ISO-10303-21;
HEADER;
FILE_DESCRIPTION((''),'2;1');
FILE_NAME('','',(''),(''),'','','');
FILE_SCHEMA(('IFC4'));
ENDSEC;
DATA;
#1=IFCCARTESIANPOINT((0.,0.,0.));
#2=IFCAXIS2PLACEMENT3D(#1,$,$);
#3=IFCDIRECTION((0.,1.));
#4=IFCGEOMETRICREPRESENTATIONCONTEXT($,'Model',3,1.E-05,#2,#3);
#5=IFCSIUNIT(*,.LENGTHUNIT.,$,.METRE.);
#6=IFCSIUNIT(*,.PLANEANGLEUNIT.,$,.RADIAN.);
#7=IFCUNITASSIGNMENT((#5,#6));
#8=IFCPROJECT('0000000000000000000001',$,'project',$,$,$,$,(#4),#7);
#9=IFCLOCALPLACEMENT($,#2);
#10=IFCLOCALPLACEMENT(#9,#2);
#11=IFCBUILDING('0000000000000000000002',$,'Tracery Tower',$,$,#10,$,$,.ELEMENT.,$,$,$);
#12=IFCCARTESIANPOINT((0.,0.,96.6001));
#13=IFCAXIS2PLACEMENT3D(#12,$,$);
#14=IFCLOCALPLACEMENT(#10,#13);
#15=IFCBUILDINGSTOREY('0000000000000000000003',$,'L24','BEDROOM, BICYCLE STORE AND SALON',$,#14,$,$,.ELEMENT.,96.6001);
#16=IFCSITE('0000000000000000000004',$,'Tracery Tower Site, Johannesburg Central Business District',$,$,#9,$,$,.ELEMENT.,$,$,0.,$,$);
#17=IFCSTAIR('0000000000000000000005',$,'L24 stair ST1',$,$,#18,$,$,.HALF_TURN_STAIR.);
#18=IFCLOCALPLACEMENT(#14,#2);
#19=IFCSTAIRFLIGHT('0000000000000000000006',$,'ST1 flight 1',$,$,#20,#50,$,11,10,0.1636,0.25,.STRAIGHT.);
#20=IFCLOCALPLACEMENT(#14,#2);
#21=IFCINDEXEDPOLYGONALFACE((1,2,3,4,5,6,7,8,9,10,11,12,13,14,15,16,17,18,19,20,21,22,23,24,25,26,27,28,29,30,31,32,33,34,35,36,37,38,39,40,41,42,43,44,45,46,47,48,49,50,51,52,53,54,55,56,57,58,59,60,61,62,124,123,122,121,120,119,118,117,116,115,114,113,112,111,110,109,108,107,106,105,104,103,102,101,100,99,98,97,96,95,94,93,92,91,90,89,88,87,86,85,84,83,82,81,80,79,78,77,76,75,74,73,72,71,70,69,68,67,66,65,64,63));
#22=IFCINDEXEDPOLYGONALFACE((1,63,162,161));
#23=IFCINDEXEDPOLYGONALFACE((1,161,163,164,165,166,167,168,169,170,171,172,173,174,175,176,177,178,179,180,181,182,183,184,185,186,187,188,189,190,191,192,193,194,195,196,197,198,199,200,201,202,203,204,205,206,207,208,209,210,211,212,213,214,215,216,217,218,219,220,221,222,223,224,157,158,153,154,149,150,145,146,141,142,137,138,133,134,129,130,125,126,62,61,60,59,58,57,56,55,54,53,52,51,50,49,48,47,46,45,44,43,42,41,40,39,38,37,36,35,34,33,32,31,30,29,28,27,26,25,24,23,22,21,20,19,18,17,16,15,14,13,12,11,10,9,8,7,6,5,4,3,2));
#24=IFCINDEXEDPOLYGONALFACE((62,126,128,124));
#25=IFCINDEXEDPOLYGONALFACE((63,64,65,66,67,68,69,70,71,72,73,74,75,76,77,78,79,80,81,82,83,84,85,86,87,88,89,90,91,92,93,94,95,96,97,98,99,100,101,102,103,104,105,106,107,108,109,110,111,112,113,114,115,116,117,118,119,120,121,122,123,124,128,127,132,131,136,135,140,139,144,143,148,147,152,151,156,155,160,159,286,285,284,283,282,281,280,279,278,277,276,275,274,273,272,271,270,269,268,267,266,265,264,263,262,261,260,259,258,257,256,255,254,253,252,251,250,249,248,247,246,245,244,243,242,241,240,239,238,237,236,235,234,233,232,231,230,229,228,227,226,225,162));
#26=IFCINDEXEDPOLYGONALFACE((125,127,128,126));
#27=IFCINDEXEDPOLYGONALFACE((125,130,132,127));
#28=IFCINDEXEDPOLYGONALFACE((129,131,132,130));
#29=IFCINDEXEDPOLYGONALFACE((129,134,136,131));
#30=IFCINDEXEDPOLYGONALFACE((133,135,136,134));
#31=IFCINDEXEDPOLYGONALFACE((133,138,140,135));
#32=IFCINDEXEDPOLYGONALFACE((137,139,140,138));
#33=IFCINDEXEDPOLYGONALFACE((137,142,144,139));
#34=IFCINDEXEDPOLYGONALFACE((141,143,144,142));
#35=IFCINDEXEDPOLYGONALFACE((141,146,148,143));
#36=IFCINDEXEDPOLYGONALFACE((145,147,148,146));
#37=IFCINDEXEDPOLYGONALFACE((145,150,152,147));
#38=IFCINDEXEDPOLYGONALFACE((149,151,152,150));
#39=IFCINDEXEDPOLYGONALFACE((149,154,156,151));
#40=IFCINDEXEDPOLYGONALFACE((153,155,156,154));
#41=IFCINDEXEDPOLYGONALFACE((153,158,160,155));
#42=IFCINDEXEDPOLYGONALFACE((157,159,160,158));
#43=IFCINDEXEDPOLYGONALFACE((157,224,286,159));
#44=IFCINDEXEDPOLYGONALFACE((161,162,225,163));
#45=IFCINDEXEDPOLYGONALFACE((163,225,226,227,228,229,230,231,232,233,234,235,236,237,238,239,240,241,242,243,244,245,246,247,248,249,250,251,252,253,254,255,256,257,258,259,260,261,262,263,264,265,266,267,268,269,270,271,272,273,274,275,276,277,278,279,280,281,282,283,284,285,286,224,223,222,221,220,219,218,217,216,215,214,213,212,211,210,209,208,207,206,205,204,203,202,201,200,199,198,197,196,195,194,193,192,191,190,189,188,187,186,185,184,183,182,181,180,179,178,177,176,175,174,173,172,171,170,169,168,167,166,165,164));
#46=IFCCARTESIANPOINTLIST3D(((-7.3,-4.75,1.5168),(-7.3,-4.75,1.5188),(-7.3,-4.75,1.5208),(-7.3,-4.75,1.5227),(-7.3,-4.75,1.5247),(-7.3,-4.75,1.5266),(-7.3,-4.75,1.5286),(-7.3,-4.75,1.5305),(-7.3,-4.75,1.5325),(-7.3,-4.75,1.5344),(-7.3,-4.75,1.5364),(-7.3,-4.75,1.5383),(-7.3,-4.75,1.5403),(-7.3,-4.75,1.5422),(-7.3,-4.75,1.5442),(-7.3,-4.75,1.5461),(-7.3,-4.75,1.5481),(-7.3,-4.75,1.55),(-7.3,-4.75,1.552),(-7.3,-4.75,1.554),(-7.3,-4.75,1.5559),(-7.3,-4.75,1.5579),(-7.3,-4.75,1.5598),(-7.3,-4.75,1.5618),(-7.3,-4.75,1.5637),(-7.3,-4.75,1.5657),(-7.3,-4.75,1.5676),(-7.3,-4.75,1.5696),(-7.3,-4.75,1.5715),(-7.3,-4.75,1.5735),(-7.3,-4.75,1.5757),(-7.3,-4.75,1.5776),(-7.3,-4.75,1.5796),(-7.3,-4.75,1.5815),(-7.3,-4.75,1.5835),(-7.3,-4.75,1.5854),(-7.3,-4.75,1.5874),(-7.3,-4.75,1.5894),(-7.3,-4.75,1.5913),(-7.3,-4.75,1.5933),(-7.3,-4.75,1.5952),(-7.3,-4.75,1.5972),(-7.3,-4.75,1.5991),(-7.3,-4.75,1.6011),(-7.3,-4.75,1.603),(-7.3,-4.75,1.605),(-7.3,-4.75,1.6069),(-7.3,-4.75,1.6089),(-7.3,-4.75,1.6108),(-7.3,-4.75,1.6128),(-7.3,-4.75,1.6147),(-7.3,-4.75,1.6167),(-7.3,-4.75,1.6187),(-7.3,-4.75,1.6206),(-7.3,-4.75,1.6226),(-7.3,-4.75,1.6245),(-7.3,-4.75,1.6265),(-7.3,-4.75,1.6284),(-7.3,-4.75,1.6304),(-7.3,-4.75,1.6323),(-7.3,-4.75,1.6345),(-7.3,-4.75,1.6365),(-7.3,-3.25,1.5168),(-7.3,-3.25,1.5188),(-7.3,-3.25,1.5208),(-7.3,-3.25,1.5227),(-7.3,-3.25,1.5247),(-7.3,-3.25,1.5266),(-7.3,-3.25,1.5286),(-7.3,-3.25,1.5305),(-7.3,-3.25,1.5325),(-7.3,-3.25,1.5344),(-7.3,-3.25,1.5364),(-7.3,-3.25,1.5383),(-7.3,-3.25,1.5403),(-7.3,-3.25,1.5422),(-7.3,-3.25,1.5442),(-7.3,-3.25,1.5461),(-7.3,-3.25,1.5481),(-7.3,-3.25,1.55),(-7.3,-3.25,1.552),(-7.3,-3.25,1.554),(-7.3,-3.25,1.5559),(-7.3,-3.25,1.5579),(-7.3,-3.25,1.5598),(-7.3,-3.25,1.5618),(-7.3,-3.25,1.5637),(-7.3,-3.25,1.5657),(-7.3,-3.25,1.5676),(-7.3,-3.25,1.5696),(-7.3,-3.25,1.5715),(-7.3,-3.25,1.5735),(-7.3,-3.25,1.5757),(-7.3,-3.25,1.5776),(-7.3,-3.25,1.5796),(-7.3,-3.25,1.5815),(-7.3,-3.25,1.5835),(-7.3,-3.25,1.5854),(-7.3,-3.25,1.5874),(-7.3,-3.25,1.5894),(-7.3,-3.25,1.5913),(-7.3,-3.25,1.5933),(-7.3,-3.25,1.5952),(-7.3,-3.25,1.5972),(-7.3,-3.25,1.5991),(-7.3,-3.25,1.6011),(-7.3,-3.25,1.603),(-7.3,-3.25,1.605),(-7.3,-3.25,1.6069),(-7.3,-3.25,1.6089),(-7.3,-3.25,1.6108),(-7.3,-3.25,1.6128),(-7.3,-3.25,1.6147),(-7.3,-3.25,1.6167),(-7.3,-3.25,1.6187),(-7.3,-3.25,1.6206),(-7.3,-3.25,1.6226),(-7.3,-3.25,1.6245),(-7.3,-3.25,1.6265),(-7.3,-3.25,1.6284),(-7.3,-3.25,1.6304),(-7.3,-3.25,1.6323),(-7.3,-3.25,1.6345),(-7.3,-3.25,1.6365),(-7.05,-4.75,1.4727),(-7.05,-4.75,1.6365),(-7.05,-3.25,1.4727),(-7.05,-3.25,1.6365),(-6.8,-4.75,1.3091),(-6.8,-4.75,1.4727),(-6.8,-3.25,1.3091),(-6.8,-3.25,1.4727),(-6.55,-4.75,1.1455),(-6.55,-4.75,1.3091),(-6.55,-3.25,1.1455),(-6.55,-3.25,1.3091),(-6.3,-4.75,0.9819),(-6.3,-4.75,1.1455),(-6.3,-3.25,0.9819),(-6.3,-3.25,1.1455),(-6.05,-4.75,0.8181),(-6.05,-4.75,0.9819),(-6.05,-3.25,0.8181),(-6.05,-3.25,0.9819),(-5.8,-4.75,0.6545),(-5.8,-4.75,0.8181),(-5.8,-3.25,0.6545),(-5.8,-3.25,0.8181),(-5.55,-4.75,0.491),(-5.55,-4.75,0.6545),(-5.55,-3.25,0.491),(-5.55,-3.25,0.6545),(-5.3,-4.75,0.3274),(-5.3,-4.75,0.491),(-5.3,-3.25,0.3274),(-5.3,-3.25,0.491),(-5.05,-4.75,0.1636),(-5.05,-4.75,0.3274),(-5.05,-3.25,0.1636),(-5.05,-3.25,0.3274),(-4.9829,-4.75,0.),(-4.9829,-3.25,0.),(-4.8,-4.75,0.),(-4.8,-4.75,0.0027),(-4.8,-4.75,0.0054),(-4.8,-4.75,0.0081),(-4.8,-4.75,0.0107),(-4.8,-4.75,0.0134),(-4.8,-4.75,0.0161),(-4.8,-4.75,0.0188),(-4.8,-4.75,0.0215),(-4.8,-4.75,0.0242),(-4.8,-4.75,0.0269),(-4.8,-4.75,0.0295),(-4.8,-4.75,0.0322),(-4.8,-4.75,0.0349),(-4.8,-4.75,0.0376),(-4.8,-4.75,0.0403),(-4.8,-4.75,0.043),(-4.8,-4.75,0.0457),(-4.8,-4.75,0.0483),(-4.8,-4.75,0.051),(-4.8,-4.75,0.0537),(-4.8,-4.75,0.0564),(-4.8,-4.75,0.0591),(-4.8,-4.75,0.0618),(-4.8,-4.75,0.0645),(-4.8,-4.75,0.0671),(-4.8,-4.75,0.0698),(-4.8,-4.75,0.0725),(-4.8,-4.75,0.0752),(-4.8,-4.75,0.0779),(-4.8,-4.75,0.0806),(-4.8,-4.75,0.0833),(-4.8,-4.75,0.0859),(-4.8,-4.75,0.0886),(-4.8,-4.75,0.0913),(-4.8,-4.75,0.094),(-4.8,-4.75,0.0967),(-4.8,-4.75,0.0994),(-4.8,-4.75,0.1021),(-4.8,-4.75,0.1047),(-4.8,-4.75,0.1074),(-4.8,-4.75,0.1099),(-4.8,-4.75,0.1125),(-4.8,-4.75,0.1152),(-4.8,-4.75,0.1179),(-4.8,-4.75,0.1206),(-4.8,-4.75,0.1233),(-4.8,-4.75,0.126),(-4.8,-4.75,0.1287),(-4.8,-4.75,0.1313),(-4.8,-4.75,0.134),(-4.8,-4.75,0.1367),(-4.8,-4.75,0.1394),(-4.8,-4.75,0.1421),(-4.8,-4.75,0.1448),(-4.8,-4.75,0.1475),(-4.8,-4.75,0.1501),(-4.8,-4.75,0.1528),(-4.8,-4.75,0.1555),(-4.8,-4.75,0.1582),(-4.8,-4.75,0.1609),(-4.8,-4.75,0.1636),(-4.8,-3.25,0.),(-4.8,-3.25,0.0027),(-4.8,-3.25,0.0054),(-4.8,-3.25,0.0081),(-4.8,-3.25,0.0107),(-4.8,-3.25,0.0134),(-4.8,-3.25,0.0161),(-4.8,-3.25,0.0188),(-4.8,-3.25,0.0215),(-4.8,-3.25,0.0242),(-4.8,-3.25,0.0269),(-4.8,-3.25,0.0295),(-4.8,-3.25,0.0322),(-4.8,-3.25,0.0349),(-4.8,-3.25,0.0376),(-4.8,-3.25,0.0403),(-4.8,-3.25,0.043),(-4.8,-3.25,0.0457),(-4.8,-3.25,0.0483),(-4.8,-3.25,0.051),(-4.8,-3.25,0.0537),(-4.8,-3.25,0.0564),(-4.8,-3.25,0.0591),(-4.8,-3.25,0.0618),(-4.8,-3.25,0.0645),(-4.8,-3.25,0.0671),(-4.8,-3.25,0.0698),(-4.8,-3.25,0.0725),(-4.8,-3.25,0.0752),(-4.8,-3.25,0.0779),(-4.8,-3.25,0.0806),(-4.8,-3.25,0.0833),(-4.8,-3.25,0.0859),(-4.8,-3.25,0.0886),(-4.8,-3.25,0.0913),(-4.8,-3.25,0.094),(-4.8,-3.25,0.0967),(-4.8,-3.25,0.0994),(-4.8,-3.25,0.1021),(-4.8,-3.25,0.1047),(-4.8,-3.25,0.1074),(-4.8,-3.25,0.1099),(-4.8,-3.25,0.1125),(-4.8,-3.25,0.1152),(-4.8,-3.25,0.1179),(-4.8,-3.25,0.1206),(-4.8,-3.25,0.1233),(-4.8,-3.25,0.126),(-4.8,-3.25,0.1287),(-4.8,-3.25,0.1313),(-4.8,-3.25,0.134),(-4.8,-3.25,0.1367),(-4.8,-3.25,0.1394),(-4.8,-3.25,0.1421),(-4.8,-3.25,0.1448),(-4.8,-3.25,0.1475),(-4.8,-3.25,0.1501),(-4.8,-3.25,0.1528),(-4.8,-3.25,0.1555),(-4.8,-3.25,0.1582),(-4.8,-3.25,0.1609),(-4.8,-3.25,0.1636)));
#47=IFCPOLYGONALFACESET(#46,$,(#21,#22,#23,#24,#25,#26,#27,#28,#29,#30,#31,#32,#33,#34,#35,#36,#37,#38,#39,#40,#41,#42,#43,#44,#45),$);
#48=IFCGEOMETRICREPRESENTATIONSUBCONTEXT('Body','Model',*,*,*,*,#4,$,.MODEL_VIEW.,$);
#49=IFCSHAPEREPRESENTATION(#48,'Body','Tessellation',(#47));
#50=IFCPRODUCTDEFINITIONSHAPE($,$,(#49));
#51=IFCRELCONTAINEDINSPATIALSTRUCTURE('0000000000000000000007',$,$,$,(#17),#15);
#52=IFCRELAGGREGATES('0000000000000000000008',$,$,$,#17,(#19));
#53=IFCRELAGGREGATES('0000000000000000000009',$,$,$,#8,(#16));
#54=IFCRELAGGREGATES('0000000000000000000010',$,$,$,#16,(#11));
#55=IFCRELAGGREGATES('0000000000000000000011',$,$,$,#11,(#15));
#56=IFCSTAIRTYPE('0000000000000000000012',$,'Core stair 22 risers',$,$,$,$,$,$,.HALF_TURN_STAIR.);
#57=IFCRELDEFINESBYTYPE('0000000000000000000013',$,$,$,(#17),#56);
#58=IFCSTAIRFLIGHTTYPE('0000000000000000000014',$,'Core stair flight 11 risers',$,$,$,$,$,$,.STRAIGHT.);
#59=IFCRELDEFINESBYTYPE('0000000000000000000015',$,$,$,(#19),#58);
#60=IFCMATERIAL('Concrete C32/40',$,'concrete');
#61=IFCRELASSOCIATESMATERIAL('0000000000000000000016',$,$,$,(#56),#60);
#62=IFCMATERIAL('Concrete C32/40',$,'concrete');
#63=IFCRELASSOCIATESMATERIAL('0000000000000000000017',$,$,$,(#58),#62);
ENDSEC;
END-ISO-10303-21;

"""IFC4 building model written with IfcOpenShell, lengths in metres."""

from ifc_helpers import new_model, si_unit, direction, frame, origin, place, context, subcontext, project, spatial, polyline, outline, extrude, material, type_object, element, aggregate, save


model = new_model("IFC4")

# Units and contexts
model_context = context("Model", 3, precision=1e-05, world=origin(), true_north=direction((0.0, 1.0)))
body_context = subcontext(model_context, "Body", "Model", "MODEL_VIEW")
ifc_project = project(units=[si_unit("LENGTHUNIT", "METRE"), si_unit("PLANEANGLEUNIT", "RADIAN")], contexts=[model_context])

# Site, building, storey
site_placement = place(None, origin())
site = spatial("IfcSite", under=ifc_project, at=site_placement, Name="Tracery Tower Site, Johannesburg Central Business District", CompositionType="ELEMENT", RefElevation=0.0)
building_placement = place(site_placement, origin())
building = spatial("IfcBuilding", under=site, at=building_placement, Name="Tracery Tower", CompositionType="ELEMENT")
storey_placement = place(building_placement, frame((0.0, 0.0, 96.6001)))
storey = spatial("IfcBuildingStorey", under=building, at=storey_placement, Name="L24", Description="BEDROOM, BICYCLE STORE AND SALON", CompositionType="ELEMENT", Elevation=96.6001)

# Stair, stair flight
ifc_material_1 = material(Name="Concrete C32/40", Category="concrete")
stair_type = type_object("IfcStairType", Name="Core stair 22 risers", PredefinedType="HALF_TURN_STAIR", material=ifc_material_1)
stair_placement = place(storey_placement, origin())
stair = element("IfcStair", 1, at=stair_placement, inside=storey, type_object=stair_type, Name="L24 stair ST1", PredefinedType="HALF_TURN_STAIR")
ifc_material_2 = material(Name="Concrete C32/40", Category="concrete")
stair_flight_type = type_object("IfcStairFlightType", Name="Core stair flight 11 risers", PredefinedType="STRAIGHT", material=ifc_material_2)
stair_flight_1_placement = place(storey_placement, frame((-4.8, -4.0, 0.0), z_axis=(0.0, 0.0, 1.0), x_axis=(-1.0, 0.0, 0.0)))
stair_flight_1 = element("IfcStairFlight", 2, at=stair_flight_1_placement, type_object=stair_flight_type, Name="ST1 flight 1", NumberOfRisers=11, NumberOfTreads=10, PredefinedType="STRAIGHT", RiserHeight=0.1636, TreadLength=0.25, context=body_context, shape_type="SweptSolid", body=[
    extrude(outline(polyline([(0.0, 0.0), (0.0, 0.0027), (0.0, 0.0054), (0.0, 0.0081), (0.0, 0.0107), (0.0, 0.0134), (0.0, 0.0161), (0.0, 0.0188), (0.0, 0.0215), (0.0, 0.0242), (0.0, 0.0269), (0.0, 0.0295), (0.0, 0.0322), (0.0, 0.0349), (0.0, 0.0376), (0.0, 0.0403), (0.0, 0.043), (0.0, 0.0457), (0.0, 0.0483), (0.0, 0.051), (0.0, 0.0537), (0.0, 0.0564), (0.0, 0.0591), (0.0, 0.0618), (0.0, 0.0645), (0.0, 0.0671), (0.0, 0.0698), (0.0, 0.0725), (0.0, 0.0752), (0.0, 0.0779), (0.0, 0.0806), (0.0, 0.0833), (0.0, 0.0859), (0.0, 0.0886), (0.0, 0.0913), (0.0, 0.094), (0.0, 0.0967), (0.0, 0.0994), (0.0, 0.1021), (0.0, 0.1047), (0.0, 0.1074), (0.0, 0.1099), (0.0, 0.1125), (0.0, 0.1152), (0.0, 0.1179), (0.0, 0.1206), (0.0, 0.1233), (0.0, 0.126), (0.0, 0.1287), (0.0, 0.1313), (0.0, 0.134), (0.0, 0.1367), (0.0, 0.1394), (0.0, 0.1421), (0.0, 0.1448), (0.0, 0.1475), (0.0, 0.1501), (0.0, 0.1528), (0.0, 0.1555), (0.0, 0.1582), (0.0, 0.1609), (0.0, 0.1636), (0.25, 0.1636), (0.25, 0.3274), (0.5, 0.3274), (0.5, 0.491), (0.75, 0.491), (0.75, 0.6545), (1.0, 0.6545), (1.0, 0.8181), (1.25, 0.8181), (1.25, 0.9819), (1.5, 0.9819), (1.5, 1.1455), (1.75, 1.1455), (1.75, 1.3091), (2.0, 1.3091), (2.0, 1.4727), (2.25, 1.4727), (2.25, 1.6365), (2.5, 1.6365), (2.5, 1.6345), (2.5, 1.6323), (2.5, 1.6304), (2.5, 1.6284), (2.5, 1.6265), (2.5, 1.6245), (2.5, 1.6226), (2.5, 1.6206), (2.5, 1.6187), (2.5, 1.6167), (2.5, 1.6147), (2.5, 1.6128), (2.5, 1.6108), (2.5, 1.6089), (2.5, 1.6069), (2.5, 1.605), (2.5, 1.603), (2.5, 1.6011), (2.5, 1.5991), (2.5, 1.5972), (2.5, 1.5952), (2.5, 1.5933), (2.5, 1.5913), (2.5, 1.5894), (2.5, 1.5874), (2.5, 1.5854), (2.5, 1.5835), (2.5, 1.5815), (2.5, 1.5796), (2.5, 1.5776), (2.5, 1.5757), (2.5, 1.5735), (2.5, 1.5715), (2.5, 1.5696), (2.5, 1.5676), (2.5, 1.5657), (2.5, 1.5637), (2.5, 1.5618), (2.5, 1.5598), (2.5, 1.5579), (2.5, 1.5559), (2.5, 1.554), (2.5, 1.552), (2.5, 1.55), (2.5, 1.5481), (2.5, 1.5461), (2.5, 1.5442), (2.5, 1.5422), (2.5, 1.5403), (2.5, 1.5383), (2.5, 1.5364), (2.5, 1.5344), (2.5, 1.5325), (2.5, 1.5305), (2.5, 1.5286), (2.5, 1.5266), (2.5, 1.5247), (2.5, 1.5227), (2.5, 1.5208), (2.5, 1.5188), (2.5, 1.5168), (0.1829, 0.0), (0.0, 0.0)])), frame((0.0, 0.75, 0.0), z_axis=(0.0, -1.0, 0.0), x_axis=(1.0, 0.0, 0.0)), (0.0, 0.0, 1.0), 1.5),
])
aggregate(stair, [stair_flight_1])

save(model, "model.ifc")
